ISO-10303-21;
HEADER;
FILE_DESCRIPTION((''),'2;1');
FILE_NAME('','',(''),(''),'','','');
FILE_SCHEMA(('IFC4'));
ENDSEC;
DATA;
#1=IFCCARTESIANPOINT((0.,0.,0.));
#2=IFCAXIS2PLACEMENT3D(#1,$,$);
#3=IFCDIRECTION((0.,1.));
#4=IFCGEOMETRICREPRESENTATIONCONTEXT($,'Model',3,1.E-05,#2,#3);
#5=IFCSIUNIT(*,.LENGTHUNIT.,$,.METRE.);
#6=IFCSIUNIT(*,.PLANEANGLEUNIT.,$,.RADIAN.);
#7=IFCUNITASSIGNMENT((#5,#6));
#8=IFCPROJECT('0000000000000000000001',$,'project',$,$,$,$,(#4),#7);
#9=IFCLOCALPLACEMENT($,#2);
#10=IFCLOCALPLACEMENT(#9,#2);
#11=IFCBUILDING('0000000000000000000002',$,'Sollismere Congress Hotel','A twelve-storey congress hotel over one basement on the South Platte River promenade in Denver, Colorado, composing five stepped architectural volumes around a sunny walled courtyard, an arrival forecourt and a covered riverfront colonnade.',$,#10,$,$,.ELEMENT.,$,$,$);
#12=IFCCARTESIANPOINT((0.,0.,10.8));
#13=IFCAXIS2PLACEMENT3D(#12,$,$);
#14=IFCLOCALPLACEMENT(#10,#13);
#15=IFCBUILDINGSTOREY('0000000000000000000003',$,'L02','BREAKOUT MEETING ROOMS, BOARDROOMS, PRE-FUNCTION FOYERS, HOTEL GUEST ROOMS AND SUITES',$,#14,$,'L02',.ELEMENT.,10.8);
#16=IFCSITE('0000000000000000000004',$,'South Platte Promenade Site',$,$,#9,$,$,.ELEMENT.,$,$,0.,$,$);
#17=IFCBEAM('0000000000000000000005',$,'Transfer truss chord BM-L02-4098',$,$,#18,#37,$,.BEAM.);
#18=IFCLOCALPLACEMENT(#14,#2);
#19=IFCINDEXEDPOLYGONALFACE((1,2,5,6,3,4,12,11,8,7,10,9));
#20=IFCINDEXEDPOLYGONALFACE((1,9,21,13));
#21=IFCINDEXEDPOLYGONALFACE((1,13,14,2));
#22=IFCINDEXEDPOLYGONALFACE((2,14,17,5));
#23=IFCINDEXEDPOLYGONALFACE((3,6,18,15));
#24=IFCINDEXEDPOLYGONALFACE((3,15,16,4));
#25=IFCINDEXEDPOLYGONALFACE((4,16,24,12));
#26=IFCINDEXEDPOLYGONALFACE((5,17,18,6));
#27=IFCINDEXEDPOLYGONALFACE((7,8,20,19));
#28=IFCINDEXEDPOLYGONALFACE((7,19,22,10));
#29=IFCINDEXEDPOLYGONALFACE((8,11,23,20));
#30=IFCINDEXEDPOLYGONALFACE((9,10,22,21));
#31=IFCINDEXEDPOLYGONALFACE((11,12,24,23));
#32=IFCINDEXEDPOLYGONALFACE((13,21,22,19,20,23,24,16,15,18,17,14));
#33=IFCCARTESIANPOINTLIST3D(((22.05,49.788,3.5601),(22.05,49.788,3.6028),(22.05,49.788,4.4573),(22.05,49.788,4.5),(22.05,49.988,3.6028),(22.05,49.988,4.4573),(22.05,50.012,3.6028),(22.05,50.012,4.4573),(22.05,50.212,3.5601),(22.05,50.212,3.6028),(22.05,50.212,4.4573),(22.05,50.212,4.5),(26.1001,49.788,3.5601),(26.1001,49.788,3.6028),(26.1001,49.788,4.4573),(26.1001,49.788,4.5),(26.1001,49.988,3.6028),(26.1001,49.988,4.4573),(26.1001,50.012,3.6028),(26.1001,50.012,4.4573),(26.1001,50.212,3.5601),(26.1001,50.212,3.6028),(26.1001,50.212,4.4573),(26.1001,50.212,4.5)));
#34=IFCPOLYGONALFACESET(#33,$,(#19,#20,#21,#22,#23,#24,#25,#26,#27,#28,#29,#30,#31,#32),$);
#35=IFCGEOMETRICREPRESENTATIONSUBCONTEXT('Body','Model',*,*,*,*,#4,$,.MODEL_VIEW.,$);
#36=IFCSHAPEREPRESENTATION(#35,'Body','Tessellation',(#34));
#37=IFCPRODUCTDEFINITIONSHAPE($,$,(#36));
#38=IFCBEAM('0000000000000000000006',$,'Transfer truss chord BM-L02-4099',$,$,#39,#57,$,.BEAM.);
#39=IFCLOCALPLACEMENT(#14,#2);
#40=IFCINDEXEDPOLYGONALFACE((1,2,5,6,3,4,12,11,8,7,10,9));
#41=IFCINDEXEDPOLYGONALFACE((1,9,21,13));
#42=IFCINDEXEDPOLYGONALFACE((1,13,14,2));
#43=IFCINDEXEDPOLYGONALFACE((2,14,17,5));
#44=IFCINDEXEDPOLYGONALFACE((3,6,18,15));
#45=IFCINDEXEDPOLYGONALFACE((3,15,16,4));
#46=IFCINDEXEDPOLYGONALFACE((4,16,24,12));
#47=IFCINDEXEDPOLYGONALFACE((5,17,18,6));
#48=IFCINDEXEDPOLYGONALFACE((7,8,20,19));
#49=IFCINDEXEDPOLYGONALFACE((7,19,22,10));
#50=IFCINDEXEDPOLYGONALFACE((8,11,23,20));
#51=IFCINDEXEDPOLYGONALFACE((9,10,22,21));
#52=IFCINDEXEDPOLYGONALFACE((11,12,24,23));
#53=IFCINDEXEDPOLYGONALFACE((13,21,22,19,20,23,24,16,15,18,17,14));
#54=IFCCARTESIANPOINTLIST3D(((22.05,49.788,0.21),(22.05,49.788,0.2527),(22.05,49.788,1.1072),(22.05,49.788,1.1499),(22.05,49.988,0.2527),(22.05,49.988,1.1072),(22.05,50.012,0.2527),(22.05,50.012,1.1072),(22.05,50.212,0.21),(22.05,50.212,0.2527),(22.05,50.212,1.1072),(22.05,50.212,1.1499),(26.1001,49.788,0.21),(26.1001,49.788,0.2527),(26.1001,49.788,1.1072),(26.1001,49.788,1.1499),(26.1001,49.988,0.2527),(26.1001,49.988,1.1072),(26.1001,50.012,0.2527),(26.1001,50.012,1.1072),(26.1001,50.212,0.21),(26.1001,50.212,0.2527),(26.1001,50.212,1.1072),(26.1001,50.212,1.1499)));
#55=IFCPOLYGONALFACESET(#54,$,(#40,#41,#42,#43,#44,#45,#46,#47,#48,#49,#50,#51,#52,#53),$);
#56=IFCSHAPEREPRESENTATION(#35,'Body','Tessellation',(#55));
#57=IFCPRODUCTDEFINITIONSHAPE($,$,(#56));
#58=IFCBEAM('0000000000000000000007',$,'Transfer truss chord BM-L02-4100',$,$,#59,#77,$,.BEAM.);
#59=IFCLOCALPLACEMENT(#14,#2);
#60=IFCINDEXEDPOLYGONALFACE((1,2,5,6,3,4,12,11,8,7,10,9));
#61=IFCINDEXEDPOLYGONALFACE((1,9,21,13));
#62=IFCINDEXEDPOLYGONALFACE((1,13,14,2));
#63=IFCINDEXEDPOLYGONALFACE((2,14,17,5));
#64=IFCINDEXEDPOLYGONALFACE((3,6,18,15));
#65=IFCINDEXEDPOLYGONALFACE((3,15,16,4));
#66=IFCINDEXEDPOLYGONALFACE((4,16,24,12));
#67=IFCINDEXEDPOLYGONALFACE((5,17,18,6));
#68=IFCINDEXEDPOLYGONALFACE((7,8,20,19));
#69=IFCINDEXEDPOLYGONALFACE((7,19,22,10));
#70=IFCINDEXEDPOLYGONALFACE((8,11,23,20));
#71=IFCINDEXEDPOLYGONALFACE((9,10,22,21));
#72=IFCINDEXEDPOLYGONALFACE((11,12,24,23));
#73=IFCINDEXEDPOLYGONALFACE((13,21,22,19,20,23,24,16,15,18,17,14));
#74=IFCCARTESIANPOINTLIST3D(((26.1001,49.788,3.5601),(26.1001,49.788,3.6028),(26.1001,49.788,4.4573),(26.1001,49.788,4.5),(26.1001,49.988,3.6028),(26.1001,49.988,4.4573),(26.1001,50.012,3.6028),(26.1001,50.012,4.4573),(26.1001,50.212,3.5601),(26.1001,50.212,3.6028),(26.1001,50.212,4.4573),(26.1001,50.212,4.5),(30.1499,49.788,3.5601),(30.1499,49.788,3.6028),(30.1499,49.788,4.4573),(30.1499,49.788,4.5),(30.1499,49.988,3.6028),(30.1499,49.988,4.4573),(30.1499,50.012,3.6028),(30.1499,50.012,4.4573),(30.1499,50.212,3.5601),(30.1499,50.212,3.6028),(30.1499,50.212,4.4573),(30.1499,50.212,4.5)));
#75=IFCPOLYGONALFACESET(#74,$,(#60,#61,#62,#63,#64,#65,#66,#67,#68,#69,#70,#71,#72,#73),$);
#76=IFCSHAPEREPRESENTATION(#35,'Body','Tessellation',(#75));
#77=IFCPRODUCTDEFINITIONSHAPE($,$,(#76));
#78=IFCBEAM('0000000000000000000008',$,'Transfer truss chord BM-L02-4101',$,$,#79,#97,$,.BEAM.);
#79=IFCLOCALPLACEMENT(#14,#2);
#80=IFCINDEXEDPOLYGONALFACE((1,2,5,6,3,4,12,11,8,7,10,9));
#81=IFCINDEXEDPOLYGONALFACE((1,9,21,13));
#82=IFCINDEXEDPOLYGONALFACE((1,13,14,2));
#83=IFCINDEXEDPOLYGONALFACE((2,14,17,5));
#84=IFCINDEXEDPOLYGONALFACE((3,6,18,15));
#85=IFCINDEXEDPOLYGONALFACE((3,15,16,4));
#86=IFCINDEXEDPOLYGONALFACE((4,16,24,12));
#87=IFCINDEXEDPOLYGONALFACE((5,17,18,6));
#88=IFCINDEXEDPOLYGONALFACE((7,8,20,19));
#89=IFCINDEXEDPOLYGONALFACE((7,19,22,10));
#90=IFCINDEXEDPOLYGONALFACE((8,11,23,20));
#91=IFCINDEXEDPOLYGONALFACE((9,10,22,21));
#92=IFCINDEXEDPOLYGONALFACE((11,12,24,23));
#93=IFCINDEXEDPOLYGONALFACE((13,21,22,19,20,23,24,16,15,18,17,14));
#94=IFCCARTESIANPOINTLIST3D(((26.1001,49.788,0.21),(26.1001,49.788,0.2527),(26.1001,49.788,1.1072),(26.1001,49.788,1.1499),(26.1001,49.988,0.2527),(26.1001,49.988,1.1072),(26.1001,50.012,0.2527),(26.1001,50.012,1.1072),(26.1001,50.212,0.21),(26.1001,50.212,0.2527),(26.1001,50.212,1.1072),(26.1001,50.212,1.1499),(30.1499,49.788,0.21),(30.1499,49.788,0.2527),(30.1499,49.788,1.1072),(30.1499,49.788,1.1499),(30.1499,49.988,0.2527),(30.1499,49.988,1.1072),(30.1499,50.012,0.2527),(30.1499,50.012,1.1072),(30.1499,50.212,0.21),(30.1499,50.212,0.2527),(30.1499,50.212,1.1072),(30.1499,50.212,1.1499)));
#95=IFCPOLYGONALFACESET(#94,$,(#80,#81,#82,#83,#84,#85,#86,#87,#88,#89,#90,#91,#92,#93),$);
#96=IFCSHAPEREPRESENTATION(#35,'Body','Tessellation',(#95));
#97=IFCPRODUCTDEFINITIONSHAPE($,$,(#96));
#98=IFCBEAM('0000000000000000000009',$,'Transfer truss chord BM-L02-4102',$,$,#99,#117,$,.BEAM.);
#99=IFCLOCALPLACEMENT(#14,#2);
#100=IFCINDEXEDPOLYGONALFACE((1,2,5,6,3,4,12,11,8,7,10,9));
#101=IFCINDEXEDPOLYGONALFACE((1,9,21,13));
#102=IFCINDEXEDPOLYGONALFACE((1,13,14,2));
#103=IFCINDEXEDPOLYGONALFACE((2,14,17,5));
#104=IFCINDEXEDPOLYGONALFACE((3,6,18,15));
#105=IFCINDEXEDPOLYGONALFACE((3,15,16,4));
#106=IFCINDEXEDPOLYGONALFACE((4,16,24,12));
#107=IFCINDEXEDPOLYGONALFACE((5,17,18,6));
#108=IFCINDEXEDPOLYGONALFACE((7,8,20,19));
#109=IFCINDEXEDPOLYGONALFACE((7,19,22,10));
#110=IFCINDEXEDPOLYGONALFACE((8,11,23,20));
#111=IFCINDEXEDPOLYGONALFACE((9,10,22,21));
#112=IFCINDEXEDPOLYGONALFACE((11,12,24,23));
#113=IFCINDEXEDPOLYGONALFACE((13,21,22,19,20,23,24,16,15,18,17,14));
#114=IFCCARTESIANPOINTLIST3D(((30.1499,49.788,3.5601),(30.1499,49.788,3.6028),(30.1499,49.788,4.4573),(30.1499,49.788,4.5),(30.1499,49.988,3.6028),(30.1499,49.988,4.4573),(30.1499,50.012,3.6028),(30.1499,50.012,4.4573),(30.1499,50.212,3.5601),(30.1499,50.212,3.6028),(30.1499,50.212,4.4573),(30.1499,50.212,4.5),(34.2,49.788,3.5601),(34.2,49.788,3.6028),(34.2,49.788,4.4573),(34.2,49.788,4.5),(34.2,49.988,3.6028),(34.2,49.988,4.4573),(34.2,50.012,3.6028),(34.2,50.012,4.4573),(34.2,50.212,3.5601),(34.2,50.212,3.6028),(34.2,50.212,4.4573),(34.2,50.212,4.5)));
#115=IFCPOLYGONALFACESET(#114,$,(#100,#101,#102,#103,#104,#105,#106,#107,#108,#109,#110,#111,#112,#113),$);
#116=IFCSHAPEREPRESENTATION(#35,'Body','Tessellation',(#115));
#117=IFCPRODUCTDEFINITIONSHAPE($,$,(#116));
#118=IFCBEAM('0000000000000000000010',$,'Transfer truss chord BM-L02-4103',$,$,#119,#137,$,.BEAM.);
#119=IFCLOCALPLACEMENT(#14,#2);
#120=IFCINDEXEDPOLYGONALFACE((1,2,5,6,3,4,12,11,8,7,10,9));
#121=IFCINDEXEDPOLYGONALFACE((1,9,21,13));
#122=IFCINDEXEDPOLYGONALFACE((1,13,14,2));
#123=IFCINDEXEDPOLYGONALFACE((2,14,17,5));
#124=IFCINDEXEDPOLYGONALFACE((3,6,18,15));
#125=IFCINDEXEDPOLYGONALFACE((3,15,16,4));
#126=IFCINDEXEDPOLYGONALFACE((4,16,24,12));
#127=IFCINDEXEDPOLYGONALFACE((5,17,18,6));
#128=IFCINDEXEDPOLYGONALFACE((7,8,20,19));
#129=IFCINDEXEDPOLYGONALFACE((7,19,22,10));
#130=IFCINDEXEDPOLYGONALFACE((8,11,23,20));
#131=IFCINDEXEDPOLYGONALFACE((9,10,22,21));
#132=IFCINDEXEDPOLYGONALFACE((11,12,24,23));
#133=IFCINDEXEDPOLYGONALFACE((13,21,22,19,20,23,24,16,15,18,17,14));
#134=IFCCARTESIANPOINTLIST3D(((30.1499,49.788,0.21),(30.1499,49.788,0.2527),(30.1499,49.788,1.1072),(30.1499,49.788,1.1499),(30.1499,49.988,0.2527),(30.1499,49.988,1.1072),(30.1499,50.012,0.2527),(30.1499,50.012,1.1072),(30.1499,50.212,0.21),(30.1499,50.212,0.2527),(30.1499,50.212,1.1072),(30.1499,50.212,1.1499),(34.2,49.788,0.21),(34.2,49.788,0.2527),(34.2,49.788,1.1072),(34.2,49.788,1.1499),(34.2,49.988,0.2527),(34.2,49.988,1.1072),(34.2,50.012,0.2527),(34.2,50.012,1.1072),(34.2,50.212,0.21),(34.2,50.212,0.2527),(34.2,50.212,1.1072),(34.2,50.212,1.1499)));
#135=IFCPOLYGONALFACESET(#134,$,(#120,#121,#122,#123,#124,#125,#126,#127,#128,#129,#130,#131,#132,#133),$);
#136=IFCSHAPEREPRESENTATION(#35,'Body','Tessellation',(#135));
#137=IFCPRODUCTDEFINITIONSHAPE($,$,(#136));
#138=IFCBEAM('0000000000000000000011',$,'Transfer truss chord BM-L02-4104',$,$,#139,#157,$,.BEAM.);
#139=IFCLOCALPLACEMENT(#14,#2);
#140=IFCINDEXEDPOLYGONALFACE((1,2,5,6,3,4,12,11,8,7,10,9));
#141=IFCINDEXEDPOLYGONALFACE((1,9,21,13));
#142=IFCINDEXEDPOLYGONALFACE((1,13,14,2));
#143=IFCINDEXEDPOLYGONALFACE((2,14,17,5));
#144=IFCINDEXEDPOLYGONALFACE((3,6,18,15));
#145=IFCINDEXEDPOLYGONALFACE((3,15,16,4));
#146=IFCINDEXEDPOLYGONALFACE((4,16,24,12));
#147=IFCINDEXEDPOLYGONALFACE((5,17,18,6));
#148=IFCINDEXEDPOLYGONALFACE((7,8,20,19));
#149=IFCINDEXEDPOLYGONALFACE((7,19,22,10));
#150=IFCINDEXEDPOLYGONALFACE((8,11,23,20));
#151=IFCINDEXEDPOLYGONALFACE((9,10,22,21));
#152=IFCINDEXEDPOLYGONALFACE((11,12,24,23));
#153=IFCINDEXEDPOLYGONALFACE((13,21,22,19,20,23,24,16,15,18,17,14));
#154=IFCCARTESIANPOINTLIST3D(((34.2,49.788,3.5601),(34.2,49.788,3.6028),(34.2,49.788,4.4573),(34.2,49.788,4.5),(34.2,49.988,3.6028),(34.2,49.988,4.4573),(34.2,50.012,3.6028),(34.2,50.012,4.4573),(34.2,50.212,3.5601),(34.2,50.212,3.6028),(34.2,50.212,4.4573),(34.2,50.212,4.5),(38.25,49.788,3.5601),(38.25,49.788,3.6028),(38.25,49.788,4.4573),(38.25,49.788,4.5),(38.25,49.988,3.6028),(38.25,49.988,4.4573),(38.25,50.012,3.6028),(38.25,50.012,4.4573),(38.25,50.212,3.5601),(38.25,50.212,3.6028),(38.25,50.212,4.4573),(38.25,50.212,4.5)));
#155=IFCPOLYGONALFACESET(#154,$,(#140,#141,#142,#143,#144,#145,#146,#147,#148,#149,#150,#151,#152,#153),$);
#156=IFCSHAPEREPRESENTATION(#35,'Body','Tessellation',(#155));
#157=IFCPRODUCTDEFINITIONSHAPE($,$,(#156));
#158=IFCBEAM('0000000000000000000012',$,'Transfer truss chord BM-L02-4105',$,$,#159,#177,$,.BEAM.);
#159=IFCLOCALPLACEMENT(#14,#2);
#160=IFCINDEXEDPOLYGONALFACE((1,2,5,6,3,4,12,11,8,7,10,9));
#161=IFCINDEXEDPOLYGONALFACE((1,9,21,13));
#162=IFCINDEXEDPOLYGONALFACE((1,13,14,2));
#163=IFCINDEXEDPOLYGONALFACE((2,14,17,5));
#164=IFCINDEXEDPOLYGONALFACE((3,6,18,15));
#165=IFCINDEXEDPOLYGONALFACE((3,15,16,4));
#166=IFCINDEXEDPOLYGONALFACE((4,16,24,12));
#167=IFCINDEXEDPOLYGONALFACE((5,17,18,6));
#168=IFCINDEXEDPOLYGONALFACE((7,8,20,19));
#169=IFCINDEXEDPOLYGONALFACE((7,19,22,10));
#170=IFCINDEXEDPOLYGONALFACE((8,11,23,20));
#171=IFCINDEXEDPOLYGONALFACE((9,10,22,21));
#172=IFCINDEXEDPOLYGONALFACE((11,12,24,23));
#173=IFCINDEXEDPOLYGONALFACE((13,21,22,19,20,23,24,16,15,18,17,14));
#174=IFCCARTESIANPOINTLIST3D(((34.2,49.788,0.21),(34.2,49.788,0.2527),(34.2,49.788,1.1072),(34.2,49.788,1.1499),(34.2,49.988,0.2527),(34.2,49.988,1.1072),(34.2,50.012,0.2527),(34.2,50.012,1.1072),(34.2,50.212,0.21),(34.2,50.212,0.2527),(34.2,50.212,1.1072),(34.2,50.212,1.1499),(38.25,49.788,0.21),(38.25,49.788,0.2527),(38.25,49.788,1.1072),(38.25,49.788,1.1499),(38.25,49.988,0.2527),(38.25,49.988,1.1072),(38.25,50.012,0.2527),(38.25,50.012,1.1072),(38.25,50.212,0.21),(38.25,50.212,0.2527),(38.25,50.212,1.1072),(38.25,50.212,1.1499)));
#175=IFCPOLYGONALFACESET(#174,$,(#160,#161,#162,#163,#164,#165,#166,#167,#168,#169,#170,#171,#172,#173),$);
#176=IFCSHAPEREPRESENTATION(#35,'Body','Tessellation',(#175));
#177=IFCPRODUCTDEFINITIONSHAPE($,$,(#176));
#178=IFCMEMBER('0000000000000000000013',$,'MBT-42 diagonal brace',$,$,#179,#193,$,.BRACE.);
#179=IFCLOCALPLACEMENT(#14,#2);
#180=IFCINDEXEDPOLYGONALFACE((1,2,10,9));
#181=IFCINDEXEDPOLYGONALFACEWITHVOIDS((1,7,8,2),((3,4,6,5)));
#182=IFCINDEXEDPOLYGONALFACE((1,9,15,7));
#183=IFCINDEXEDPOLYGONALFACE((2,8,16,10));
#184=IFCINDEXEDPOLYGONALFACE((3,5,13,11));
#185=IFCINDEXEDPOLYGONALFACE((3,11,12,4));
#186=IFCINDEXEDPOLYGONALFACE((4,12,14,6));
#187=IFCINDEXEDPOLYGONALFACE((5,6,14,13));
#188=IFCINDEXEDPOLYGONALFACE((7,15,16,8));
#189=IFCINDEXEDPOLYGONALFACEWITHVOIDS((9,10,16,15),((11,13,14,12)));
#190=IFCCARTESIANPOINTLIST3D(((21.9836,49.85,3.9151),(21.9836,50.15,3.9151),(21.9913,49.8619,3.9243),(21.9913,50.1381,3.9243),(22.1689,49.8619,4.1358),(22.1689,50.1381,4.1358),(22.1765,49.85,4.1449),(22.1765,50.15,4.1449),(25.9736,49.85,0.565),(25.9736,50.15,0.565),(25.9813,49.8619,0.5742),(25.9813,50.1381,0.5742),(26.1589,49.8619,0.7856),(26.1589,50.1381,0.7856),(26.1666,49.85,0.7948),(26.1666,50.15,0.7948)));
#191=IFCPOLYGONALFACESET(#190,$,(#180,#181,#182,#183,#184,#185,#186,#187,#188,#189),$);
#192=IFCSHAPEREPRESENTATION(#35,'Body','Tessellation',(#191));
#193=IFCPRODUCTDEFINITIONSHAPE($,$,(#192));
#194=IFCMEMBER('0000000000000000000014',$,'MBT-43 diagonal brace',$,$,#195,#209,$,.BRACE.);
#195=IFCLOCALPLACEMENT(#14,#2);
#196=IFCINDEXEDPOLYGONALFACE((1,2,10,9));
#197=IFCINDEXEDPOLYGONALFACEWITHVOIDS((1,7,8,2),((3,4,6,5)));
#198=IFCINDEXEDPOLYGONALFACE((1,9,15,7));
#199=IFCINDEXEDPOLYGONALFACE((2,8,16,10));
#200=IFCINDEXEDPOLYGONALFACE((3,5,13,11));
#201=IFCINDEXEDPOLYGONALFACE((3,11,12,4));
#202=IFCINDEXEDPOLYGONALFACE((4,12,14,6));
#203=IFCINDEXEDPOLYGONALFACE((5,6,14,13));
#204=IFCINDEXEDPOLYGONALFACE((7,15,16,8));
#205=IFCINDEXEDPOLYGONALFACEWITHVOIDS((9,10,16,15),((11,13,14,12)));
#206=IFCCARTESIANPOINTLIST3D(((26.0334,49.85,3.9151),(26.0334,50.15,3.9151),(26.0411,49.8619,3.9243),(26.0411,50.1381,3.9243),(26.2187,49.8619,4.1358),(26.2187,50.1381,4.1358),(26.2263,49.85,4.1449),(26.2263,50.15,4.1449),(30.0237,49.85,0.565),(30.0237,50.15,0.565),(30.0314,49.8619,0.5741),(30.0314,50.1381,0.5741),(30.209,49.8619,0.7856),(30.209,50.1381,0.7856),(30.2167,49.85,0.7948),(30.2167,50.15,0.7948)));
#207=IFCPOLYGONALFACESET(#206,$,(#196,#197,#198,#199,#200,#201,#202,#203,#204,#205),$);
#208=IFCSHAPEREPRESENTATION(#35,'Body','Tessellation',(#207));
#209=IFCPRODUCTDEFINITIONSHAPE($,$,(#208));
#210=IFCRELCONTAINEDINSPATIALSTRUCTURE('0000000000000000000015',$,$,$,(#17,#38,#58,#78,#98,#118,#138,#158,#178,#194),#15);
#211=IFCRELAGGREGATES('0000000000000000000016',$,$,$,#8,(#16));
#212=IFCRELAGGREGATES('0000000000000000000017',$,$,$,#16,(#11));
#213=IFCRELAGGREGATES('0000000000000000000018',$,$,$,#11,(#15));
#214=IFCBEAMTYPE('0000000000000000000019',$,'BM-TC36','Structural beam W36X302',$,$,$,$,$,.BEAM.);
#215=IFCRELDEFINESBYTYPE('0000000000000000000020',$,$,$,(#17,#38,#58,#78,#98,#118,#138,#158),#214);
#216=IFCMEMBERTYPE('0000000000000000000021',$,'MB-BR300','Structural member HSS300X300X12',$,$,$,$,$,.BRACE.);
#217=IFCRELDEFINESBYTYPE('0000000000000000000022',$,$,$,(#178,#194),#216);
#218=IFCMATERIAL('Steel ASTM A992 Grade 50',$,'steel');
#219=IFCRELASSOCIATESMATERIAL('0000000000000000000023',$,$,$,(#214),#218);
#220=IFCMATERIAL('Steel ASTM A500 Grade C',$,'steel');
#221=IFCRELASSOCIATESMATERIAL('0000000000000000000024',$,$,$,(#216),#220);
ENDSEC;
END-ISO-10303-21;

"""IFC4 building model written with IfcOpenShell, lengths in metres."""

from ifc_helpers import new_model, si_unit, direction, frame, origin, origin_2d, place, context, subcontext, project, spatial, hollow_rectangle, i_section, extrude, material, material_profile, profile_set, type_object, element, save


model = new_model("IFC4")

# Units and contexts
model_context = context("Model", 3, precision=1e-05, world=origin(), true_north=direction((0.0, 1.0)))
body_context = subcontext(model_context, "Body", "Model", "MODEL_VIEW")
ifc_project = project(units=[si_unit("LENGTHUNIT", "METRE"), si_unit("PLANEANGLEUNIT", "RADIAN")], contexts=[model_context])

# Site, building, storey
site_placement = place(None, origin())
site = spatial("IfcSite", under=ifc_project, at=site_placement, Name="South Platte Promenade Site", CompositionType="ELEMENT", RefElevation=0.0)
building_placement = place(site_placement, origin())
building = spatial("IfcBuilding", under=site, at=building_placement, Name="Sollismere Congress Hotel", Description="A twelve-storey congress hotel over one basement on the South Platte River promenade in Denver, Colorado, composing five stepped architectural volumes around a sunny walled courtyard, an arrival forecourt and a covered riverfront colonnade.", CompositionType="ELEMENT")
storey_placement = place(building_placement, frame((0.0, 0.0, 10.8)))
storey = spatial("IfcBuildingStorey", under=building, at=storey_placement, Name="L02", Description="BREAKOUT MEETING ROOMS, BOARDROOMS, PRE-FUNCTION FOYERS, HOTEL GUEST ROOMS AND SUITES", LongName="L02", CompositionType="ELEMENT", Elevation=10.8)

# Beams
ifc_material_1 = material(Name="Steel ASTM A992 Grade 50", Category="steel")
ifc_material_profile_1 = material_profile(ifc_material_1, i_section(OverallWidth=0.4241, OverallDepth=0.9399, WebThickness=0.0239, FlangeThickness=0.0427, at=origin_2d()), Name="W36X302")
ifc_profile_set_1 = profile_set([ifc_material_profile_1], Name="Steel ASTM A992 Grade 50")
beam_type = type_object("IfcBeamType", Name="BM-TC36", Description="Structural beam W36X302", PredefinedType="BEAM", material=ifc_profile_set_1)
for number, where, z_axis, x_axis, name in (
    (1, (22.05, 50.0, 4.03), (1.0, 0.0, 0.0), (0.0, 1.0, 0.0), "Transfer truss chord BM-L02-4098"),
    (2, (22.05, 50.0, 0.6799), (1.0, 0.0, 0.0), (0.0, 1.0, 0.0), "Transfer truss chord BM-L02-4099"),
):
    element("IfcBeam", number, at=place(storey_placement, frame(where, z_axis=z_axis, x_axis=x_axis)), inside=storey, type_object=beam_type, Name=name, PredefinedType="BEAM", context=body_context, shape_type="SweptSolid", body=[
        extrude(i_section(OverallWidth=0.4241, OverallDepth=0.9399, WebThickness=0.0239, FlangeThickness=0.0427, at=origin_2d()), origin(), (0.0, 0.0, 1.0), 4.05),
    ])
for number, where, z_axis, x_axis, name in (
    (3, (26.1001, 50.0, 4.03), (1.0, 0.0, 0.0), (0.0, 1.0, 0.0), "Transfer truss chord BM-L02-4100"),
    (4, (26.1001, 50.0, 0.6799), (1.0, 0.0, 0.0), (0.0, 1.0, 0.0), "Transfer truss chord BM-L02-4101"),
):
    element("IfcBeam", number, at=place(storey_placement, frame(where, z_axis=z_axis, x_axis=x_axis)), inside=storey, type_object=beam_type, Name=name, PredefinedType="BEAM", context=body_context, shape_type="SweptSolid", body=[
        extrude(i_section(OverallWidth=0.4241, OverallDepth=0.9399, WebThickness=0.0239, FlangeThickness=0.0427, at=origin_2d()), origin(), (0.0, 0.0, 1.0), 4.0498),
    ])
for number, where, z_axis, x_axis, name in (
    (5, (30.1499, 50.0, 4.03), (1.0, 0.0, 0.0), (0.0, 1.0, 0.0), "Transfer truss chord BM-L02-4102"),
    (6, (30.1499, 50.0, 0.6799), (1.0, 0.0, 0.0), (0.0, 1.0, 0.0), "Transfer truss chord BM-L02-4103"),
    (7, (34.2, 50.0, 4.03), (1.0, 0.0, 0.0), (0.0, 1.0, 0.0), "Transfer truss chord BM-L02-4104"),
    (8, (34.2, 50.0, 0.6799), (1.0, 0.0, 0.0), (0.0, 1.0, 0.0), "Transfer truss chord BM-L02-4105"),
):
    element("IfcBeam", number, at=place(storey_placement, frame(where, z_axis=z_axis, x_axis=x_axis)), inside=storey, type_object=beam_type, Name=name, PredefinedType="BEAM", context=body_context, shape_type="SweptSolid", body=[
        extrude(i_section(OverallWidth=0.4241, OverallDepth=0.9399, WebThickness=0.0239, FlangeThickness=0.0427, at=origin_2d()), origin(), (0.0, 0.0, 1.0), 4.05),
    ])

# Members
ifc_material_2 = material(Name="Steel ASTM A500 Grade C", Category="steel")
ifc_material_profile_2 = material_profile(ifc_material_2, hollow_rectangle(XDim=0.3, YDim=0.3, WallThickness=0.012, at=origin_2d()), Name="HSS300X300X12")
ifc_profile_set_2 = profile_set([ifc_material_profile_2], Name="Steel ASTM A500 Grade C")
member_type_1 = type_object("IfcMemberType", Name="MB-BR300", Description="Structural member HSS300X300X12", PredefinedType="BRACE", material=ifc_profile_set_2)
member_1_placement = place(storey_placement, frame((22.0801, 50.0, 4.03), z_axis=(0.765846, 0.0, -0.643024), x_axis=(0.0, 1.0, 0.0)))
element("IfcMember", 9, at=member_1_placement, inside=storey, type_object=member_type_1, Name="MBT-42 diagonal brace", PredefinedType="BRACE", context=body_context, shape_type="SweptSolid", body=[
    extrude(hollow_rectangle(XDim=0.3, YDim=0.3, WallThickness=0.012, at=origin_2d()), origin(), (0.0, 0.0, 1.0), 5.21),
])
member_2_placement = place(storey_placement, frame((26.1299, 50.0, 4.03), z_axis=(0.765865, 0.0, -0.643001), x_axis=(0.0, 1.0, 0.0)))
element("IfcMember", 10, at=member_2_placement, inside=storey, type_object=member_type_1, Name="MBT-43 diagonal brace", PredefinedType="BRACE", context=body_context, shape_type="SweptSolid", body=[
    extrude(hollow_rectangle(XDim=0.3, YDim=0.3, WallThickness=0.012, at=origin_2d()), origin(), (0.0, 0.0, 1.0), 5.2102),
])

save(model, "model.ifc")
